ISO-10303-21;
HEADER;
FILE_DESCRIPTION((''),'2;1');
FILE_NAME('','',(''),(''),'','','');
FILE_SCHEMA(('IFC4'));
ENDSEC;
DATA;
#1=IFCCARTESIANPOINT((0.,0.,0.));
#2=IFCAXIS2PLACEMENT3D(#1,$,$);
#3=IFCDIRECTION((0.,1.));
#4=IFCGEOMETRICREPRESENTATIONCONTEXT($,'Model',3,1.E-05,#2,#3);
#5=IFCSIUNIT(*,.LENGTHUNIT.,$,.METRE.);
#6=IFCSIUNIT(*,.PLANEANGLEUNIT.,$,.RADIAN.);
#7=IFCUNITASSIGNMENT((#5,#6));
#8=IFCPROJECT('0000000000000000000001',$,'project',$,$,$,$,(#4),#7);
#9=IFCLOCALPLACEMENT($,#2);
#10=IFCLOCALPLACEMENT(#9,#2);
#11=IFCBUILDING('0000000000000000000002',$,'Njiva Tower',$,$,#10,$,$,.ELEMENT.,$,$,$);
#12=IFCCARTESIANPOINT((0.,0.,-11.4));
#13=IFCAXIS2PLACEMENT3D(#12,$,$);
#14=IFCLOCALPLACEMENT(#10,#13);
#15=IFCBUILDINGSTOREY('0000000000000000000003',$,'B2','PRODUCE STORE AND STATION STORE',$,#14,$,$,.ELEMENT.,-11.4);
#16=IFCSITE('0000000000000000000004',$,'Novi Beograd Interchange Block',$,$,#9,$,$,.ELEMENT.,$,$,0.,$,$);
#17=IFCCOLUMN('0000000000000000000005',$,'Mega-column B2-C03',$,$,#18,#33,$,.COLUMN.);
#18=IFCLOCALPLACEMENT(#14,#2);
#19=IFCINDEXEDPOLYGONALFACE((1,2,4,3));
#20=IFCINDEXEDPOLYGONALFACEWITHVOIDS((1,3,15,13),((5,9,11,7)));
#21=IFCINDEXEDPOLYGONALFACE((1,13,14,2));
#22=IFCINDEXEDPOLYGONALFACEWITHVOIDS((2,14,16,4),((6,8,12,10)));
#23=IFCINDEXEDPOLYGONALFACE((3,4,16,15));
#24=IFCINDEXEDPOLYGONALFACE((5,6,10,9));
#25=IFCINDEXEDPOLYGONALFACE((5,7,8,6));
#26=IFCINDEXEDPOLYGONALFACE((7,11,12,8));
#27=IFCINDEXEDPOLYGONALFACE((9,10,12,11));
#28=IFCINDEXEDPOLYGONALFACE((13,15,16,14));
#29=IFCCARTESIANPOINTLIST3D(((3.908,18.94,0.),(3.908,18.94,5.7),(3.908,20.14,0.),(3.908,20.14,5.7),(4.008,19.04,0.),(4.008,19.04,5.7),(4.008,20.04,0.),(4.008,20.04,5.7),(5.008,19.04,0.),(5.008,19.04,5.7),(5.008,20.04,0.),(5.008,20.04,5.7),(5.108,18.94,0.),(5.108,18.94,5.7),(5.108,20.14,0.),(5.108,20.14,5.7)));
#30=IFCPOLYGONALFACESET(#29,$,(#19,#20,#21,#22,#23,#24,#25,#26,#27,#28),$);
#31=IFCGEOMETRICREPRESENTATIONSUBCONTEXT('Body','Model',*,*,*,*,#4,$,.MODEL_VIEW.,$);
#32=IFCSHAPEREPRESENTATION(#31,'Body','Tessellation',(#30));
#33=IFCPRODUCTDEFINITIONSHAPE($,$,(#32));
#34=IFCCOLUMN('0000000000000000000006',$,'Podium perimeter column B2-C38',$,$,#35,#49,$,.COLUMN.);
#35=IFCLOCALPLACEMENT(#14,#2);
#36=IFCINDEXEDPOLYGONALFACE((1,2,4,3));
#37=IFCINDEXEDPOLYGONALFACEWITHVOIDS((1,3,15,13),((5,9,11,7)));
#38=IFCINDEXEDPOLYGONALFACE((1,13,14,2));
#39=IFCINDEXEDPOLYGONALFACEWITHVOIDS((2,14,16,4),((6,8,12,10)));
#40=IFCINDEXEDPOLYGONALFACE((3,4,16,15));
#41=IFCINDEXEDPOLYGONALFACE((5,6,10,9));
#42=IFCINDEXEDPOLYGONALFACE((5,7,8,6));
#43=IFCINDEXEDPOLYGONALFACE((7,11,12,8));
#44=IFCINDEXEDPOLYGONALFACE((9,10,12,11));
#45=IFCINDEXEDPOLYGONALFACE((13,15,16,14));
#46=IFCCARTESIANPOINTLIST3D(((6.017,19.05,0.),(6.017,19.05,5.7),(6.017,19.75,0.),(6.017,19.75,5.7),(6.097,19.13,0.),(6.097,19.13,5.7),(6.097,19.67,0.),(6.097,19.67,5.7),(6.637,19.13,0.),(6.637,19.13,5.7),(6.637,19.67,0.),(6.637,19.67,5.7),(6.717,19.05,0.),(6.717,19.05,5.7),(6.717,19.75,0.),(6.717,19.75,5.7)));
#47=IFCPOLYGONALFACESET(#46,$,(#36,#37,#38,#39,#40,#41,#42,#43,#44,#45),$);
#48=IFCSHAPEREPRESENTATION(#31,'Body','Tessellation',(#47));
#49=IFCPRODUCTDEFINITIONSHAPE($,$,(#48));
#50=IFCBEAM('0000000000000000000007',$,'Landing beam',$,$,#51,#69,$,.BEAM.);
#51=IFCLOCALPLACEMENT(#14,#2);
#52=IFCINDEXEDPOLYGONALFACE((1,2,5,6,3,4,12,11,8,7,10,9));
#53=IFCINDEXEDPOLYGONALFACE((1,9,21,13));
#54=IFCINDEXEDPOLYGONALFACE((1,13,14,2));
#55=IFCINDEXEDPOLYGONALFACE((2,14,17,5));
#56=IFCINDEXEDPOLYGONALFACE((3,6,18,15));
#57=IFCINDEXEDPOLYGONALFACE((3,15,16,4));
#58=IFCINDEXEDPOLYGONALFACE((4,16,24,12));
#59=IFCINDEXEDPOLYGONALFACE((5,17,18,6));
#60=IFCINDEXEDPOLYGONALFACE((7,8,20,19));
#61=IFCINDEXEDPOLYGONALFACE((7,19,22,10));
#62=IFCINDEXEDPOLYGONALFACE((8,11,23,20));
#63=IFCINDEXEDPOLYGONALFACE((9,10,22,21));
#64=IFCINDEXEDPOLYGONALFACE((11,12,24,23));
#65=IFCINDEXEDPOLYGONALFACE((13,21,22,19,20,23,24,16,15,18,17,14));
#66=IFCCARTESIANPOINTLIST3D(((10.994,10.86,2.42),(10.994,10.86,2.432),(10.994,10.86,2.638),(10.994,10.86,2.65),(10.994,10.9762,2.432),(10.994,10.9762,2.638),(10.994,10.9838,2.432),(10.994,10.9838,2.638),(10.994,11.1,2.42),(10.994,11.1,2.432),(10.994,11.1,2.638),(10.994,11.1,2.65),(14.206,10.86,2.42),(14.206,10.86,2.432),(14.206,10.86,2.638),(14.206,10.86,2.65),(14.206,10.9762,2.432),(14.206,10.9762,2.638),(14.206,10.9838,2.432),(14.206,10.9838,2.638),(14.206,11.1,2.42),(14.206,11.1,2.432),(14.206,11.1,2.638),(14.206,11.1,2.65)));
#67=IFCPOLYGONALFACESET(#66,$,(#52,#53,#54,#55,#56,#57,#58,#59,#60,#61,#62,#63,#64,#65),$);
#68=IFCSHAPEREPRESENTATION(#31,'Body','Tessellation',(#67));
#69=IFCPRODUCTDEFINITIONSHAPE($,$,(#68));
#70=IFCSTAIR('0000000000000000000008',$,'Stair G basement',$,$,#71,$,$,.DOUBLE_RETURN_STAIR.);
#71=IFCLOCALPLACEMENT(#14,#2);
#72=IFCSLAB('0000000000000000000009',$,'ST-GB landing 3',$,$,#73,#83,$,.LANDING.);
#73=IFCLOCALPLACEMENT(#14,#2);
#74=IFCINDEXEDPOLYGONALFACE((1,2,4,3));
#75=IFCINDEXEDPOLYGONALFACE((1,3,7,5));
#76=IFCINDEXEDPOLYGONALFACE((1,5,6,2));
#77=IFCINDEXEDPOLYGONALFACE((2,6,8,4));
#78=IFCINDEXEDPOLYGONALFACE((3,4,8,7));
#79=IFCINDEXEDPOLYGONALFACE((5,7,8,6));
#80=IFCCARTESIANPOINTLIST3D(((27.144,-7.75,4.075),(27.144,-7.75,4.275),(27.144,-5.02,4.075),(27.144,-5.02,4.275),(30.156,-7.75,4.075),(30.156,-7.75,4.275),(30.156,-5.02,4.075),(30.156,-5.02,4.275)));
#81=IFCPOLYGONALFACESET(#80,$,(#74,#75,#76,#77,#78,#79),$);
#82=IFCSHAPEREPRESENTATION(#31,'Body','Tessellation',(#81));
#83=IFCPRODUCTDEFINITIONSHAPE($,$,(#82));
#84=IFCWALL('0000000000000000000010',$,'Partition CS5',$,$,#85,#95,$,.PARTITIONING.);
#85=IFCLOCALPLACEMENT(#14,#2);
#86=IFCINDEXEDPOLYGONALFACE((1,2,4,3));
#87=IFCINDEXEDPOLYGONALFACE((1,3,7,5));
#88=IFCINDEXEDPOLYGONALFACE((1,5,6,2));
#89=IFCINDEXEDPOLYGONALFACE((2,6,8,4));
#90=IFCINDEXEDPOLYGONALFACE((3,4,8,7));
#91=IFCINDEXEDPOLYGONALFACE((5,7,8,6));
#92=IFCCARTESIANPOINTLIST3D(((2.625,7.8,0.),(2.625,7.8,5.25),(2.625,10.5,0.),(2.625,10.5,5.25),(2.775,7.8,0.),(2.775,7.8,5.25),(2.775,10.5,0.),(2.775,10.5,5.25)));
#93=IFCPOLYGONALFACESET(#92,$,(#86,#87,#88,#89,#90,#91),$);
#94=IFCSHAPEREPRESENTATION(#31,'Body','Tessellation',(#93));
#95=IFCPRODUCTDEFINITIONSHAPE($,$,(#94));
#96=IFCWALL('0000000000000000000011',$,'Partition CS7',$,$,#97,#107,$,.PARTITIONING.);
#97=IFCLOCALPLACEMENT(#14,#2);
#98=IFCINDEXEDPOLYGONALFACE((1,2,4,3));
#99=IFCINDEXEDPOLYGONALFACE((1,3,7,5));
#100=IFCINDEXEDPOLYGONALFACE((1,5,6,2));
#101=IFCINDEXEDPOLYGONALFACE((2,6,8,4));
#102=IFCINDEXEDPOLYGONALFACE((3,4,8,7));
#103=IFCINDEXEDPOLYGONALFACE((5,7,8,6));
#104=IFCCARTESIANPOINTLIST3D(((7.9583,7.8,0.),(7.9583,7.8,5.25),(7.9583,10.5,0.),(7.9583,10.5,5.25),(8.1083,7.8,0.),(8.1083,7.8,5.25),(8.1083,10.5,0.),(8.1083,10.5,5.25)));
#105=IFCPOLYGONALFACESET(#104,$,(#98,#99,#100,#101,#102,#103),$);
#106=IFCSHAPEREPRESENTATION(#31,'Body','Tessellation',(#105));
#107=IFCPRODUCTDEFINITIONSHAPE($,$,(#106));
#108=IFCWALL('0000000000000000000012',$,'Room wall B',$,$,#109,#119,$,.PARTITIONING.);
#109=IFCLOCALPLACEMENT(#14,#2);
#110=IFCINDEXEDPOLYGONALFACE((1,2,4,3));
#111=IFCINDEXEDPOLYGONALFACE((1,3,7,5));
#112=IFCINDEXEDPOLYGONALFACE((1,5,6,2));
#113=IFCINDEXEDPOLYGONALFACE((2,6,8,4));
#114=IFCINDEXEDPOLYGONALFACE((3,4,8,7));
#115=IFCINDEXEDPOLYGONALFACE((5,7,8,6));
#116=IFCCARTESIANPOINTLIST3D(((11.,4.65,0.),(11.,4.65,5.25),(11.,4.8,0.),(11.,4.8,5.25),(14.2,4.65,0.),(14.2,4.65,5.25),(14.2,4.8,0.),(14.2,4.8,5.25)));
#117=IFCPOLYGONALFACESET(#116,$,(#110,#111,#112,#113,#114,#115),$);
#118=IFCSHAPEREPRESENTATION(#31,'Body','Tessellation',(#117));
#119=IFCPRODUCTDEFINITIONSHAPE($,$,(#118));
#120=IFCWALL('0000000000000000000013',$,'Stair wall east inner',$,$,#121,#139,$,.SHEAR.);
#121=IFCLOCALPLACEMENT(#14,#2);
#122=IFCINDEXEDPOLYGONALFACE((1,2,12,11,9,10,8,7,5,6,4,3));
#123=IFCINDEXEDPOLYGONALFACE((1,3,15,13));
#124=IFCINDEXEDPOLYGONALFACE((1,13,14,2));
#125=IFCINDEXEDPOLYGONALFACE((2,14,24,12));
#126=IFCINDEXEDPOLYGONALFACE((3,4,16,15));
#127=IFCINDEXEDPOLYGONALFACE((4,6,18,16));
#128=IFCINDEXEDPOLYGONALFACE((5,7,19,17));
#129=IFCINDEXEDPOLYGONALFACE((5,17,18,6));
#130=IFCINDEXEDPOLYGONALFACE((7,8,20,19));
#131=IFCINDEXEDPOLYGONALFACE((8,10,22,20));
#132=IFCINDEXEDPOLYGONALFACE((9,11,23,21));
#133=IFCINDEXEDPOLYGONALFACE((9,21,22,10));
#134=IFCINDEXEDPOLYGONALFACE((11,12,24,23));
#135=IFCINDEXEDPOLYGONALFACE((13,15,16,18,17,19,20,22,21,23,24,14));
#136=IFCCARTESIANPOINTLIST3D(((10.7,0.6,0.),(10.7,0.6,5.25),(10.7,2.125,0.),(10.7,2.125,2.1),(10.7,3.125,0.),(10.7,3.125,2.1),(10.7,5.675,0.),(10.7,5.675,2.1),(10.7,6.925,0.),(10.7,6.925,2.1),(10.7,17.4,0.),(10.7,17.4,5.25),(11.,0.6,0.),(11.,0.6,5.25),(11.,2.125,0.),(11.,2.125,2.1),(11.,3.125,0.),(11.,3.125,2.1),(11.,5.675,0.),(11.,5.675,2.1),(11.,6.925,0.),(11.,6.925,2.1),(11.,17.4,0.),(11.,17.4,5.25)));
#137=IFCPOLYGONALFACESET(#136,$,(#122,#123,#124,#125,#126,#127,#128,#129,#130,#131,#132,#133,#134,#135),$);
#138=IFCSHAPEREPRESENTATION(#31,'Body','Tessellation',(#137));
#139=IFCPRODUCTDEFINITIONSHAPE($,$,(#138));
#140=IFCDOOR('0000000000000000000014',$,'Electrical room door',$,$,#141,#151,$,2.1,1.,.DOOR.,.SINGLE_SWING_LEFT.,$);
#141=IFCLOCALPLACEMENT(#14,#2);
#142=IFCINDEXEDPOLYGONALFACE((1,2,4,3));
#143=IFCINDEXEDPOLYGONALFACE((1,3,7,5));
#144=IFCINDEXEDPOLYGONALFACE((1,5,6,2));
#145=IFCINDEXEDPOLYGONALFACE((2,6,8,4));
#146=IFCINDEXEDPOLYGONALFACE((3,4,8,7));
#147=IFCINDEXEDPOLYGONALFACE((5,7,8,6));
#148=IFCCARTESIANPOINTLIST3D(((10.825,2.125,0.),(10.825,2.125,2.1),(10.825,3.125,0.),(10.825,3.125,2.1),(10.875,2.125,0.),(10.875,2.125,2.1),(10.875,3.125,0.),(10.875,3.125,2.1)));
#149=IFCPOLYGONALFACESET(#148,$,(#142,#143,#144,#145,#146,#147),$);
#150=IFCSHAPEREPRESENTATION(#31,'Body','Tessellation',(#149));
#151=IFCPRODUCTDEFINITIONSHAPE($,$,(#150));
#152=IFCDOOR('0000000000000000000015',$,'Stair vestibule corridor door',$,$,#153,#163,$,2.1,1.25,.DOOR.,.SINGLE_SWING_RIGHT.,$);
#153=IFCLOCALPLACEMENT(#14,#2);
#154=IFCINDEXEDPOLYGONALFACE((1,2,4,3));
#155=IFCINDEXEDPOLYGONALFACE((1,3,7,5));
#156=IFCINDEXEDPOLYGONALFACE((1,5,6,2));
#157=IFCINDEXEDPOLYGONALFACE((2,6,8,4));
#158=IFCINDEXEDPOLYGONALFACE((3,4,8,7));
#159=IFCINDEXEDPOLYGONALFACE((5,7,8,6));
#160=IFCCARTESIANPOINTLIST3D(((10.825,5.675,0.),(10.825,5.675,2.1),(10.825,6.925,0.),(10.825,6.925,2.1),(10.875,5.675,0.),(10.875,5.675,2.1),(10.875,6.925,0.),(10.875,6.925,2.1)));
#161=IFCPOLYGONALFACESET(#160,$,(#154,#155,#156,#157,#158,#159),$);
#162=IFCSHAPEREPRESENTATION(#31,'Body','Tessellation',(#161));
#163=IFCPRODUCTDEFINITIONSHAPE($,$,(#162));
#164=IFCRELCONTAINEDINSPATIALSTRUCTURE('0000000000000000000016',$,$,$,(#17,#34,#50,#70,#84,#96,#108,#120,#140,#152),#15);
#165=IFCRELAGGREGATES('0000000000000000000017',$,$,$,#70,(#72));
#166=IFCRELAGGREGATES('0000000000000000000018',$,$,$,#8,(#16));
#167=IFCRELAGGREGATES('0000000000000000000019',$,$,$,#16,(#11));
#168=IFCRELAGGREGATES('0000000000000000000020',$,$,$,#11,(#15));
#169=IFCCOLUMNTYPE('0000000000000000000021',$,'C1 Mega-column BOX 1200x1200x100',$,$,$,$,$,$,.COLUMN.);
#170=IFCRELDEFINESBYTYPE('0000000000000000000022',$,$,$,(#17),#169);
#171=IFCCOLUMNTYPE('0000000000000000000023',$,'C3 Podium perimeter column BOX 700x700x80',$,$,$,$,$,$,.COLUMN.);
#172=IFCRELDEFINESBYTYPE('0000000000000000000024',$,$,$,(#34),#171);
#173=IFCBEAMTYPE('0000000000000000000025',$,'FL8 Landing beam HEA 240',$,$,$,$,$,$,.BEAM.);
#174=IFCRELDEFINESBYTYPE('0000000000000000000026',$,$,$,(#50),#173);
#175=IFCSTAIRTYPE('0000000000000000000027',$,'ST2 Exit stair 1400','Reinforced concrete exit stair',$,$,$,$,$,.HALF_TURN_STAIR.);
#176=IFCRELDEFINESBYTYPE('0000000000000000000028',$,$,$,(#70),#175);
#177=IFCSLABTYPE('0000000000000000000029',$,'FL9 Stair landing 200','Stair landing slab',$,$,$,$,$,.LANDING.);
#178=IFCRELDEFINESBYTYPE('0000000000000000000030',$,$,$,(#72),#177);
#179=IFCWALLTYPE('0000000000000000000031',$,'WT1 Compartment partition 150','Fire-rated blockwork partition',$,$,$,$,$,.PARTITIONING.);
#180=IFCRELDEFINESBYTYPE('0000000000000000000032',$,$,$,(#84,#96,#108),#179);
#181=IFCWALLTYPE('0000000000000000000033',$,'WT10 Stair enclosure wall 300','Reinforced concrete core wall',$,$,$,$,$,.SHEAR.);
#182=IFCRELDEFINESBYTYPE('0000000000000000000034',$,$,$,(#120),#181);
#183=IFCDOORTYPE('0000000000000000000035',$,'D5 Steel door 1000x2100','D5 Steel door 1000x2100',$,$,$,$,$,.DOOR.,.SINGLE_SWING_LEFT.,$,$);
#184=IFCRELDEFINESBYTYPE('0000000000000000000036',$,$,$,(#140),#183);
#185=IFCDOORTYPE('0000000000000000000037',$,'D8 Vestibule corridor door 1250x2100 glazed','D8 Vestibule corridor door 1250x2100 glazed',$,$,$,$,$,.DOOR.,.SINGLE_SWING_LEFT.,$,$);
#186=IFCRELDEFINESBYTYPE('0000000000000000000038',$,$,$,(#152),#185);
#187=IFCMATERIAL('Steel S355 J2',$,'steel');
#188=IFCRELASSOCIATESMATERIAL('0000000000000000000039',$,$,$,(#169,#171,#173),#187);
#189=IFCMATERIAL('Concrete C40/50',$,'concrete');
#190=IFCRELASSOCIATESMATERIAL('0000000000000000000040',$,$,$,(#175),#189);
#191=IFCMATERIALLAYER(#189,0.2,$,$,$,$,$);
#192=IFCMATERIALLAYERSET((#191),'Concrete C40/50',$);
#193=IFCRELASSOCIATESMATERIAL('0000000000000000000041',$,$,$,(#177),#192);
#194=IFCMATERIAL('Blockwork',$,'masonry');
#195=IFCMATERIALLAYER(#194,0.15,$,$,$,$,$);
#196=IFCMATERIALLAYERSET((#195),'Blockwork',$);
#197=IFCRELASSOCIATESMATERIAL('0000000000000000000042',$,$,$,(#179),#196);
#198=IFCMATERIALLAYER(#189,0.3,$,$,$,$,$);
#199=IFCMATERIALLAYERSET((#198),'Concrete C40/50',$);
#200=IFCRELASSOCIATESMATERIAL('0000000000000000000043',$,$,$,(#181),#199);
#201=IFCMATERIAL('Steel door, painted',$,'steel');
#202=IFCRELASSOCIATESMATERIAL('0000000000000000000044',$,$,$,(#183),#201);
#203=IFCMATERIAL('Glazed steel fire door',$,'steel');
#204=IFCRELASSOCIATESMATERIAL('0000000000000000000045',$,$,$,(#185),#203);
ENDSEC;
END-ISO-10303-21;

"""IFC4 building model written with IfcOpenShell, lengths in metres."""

from ifc_helpers import new_model, si_unit, direction, frame, frame_2d, origin, origin_2d, place, context, subcontext, project, spatial, polyline, rectangle, hollow_rectangle, i_section, outline, extrude, material, layer, layer_set, material_profile, profile_set, type_object, element, fill, aggregate, save


model = new_model("IFC4")

# Units and contexts
model_context = context("Model", 3, precision=1e-05, world=origin(), true_north=direction((0.0, 1.0)))
body_context = subcontext(model_context, "Body", "Model", "MODEL_VIEW")
ifc_project = project(units=[si_unit("LENGTHUNIT", "METRE"), si_unit("PLANEANGLEUNIT", "RADIAN")], contexts=[model_context])

# Site, building, storey
site_placement = place(None, origin())
site = spatial("IfcSite", under=ifc_project, at=site_placement, Name="Novi Beograd Interchange Block", CompositionType="ELEMENT", RefElevation=0.0)
building_placement = place(site_placement, origin())
building = spatial("IfcBuilding", under=site, at=building_placement, Name="Njiva Tower", CompositionType="ELEMENT")
storey_placement = place(building_placement, frame((0.0, 0.0, -11.4)))
storey = spatial("IfcBuildingStorey", under=building, at=storey_placement, Name="B2", Description="PRODUCE STORE AND STATION STORE", CompositionType="ELEMENT", Elevation=-11.4)

# Columns
ifc_material_1 = material(Name="Steel S355 J2", Category="steel")
ifc_material_profile_1 = material_profile(ifc_material_1, hollow_rectangle(XDim=1.2, YDim=1.2, WallThickness=0.1, at=origin_2d()), Name="BOX 1200x1200x100")
ifc_profile_set_1 = profile_set([ifc_material_profile_1], Name="Steel S355 J2")
column_type_1 = type_object("IfcColumnType", Name="C1 Mega-column BOX 1200x1200x100", PredefinedType="COLUMN", material=ifc_profile_set_1)
column_1_placement = place(storey_placement, frame((4.508, 19.54, 0.0), z_axis=(0.0, 0.0, 1.0), x_axis=(-1.0, 0.0, 0.0)))
element("IfcColumn", 1, at=column_1_placement, inside=storey, type_object=column_type_1, Name="Mega-column B2-C03", PredefinedType="COLUMN", context=body_context, shape_type="SweptSolid", body=[
    extrude(hollow_rectangle(XDim=1.2, YDim=1.2, WallThickness=0.1, at=origin_2d()), origin(), (0.0, 0.0, 1.0), 5.7),
])
ifc_material_profile_2 = material_profile(ifc_material_1, hollow_rectangle(XDim=0.7, YDim=0.7, WallThickness=0.08, at=origin_2d()), Name="BOX 700x700x80")
ifc_profile_set_2 = profile_set([ifc_material_profile_2], Name="Steel S355 J2")
column_type_2 = type_object("IfcColumnType", Name="C3 Podium perimeter column BOX 700x700x80", PredefinedType="COLUMN", material=ifc_profile_set_2)
column_2_placement = place(storey_placement, frame((6.367, 19.4, 0.0), z_axis=(0.0, 0.0, 1.0), x_axis=(-1.0, 0.0, 0.0)))
element("IfcColumn", 2, at=column_2_placement, inside=storey, type_object=column_type_2, Name="Podium perimeter column B2-C38", PredefinedType="COLUMN", context=body_context, shape_type="SweptSolid", body=[
    extrude(hollow_rectangle(XDim=0.7, YDim=0.7, WallThickness=0.08, at=origin_2d()), origin(), (0.0, 0.0, 1.0), 5.7),
])

# Beam
ifc_material_profile_3 = material_profile(ifc_material_1, i_section(OverallWidth=0.24, OverallDepth=0.23, WebThickness=0.0075, FlangeThickness=0.012, at=origin_2d()), Name="HEA240")
ifc_profile_set_3 = profile_set([ifc_material_profile_3], Name="Steel S355 J2")
beam_type = type_object("IfcBeamType", Name="FL8 Landing beam HEA 240", PredefinedType="BEAM", material=ifc_profile_set_3)
beam_placement = place(storey_placement, frame((10.994, 10.98, 2.535), z_axis=(1.0, 0.0, 0.0), x_axis=(0.0, 1.0, 0.0)))
element("IfcBeam", 3, at=beam_placement, inside=storey, type_object=beam_type, Name="Landing beam", PredefinedType="BEAM", context=body_context, shape_type="SweptSolid", body=[
    extrude(i_section(OverallWidth=0.24, OverallDepth=0.23, WebThickness=0.0075, FlangeThickness=0.012, at=origin_2d()), origin(), (0.0, 0.0, 1.0), 3.212),
])

# Stair, slab
ifc_material_2 = material(Name="Concrete C40/50", Category="concrete")
stair_type = type_object("IfcStairType", Name="ST2 Exit stair 1400", Description="Reinforced concrete exit stair", PredefinedType="HALF_TURN_STAIR", material=ifc_material_2)
stair_placement = place(storey_placement, origin())
stair = element("IfcStair", 4, at=stair_placement, inside=storey, type_object=stair_type, Name="Stair G basement", PredefinedType="DOUBLE_RETURN_STAIR")
ifc_layer_1 = layer(ifc_material_2, 0.2)
ifc_layer_set_1 = layer_set([ifc_layer_1], Name="Concrete C40/50")
slab_type = type_object("IfcSlabType", Name="FL9 Stair landing 200", Description="Stair landing slab", PredefinedType="LANDING", material=ifc_layer_set_1)
slab_placement = place(storey_placement, frame((0.0, 0.0, 4.075)))
slab = element("IfcSlab", 5, at=slab_placement, type_object=slab_type, Name="ST-GB landing 3", PredefinedType="LANDING", context=body_context, shape_type="SweptSolid", body=[
    extrude(outline(polyline([(27.144, -7.75), (30.156, -7.75), (30.156, -5.02), (27.144, -5.02), (27.144, -7.75)])), origin(), (0.0, 0.0, 1.0), 0.2),
])
aggregate(stair, [slab])

# Walls
ifc_material_3 = material(Name="Blockwork", Category="masonry")
ifc_layer_2 = layer(ifc_material_3, 0.15)
ifc_layer_set_2 = layer_set([ifc_layer_2], Name="Blockwork")
wall_type_1 = type_object("IfcWallType", Name="WT1 Compartment partition 150", Description="Fire-rated blockwork partition", PredefinedType="PARTITIONING", material=ifc_layer_set_2)
for number, where, z_axis, x_axis, name in (
    (6, (2.7, 7.8, 0.0), (0.0, 0.0, 1.0), (0.0, 1.0, 0.0), "Partition CS5"),
    (7, (8.0333, 7.8, 0.0), (0.0, 0.0, 1.0), (0.0, 1.0, 0.0), "Partition CS7"),
):
    element("IfcWall", number, at=place(storey_placement, frame(where, z_axis=z_axis, x_axis=x_axis)), inside=storey, type_object=wall_type_1, Name=name, PredefinedType="PARTITIONING", context=body_context, shape_type="SweptSolid", body=[
        extrude(rectangle(XDim=2.7, YDim=0.15, at=frame_2d((1.35, 0.0))), origin(), (0.0, 0.0, 1.0), 5.25),
    ])
wall_1_placement = place(storey_placement, frame((11.0, 4.725, 0.0), z_axis=(0.0, 0.0, 1.0), x_axis=(1.0, 0.0, 0.0)))
element("IfcWall", 8, at=wall_1_placement, inside=storey, type_object=wall_type_1, Name="Room wall B", PredefinedType="PARTITIONING", context=body_context, shape_type="SweptSolid", body=[
    extrude(rectangle(XDim=3.2, YDim=0.15, at=frame_2d((1.6, 0.0))), origin(), (0.0, 0.0, 1.0), 5.25),
])

# Wall, openings, doors
ifc_layer_3 = layer(ifc_material_2, 0.3)
ifc_layer_set_3 = layer_set([ifc_layer_3], Name="Concrete C40/50")
wall_type_2 = type_object("IfcWallType", Name="WT10 Stair enclosure wall 300", Description="Reinforced concrete core wall", PredefinedType="SHEAR", material=ifc_layer_set_3)
wall_2_placement = place(storey_placement, frame((10.85, 0.6, 0.0), z_axis=(0.0, 0.0, 1.0), x_axis=(0.0, 1.0, 0.0)))
wall_2 = element("IfcWall", 9, at=wall_2_placement, inside=storey, type_object=wall_type_2, Name="Stair wall east inner", PredefinedType="SHEAR", context=body_context, shape_type="SweptSolid", body=[
    extrude(rectangle(XDim=16.8, YDim=0.3, at=frame_2d((8.4, 0.0))), origin(), (0.0, 0.0, 1.0), 5.25),
])
opening_1_placement = place(wall_2_placement, frame((5.075, 0.0, 0.0)))
opening_1 = element("IfcOpeningElement", 10, at=opening_1_placement, cuts=wall_2, PredefinedType="OPENING", context=body_context, shape_type="SweptSolid", body=[
    extrude(rectangle(XDim=1.25, YDim=2.1, at=frame_2d((0.625, 1.05))), frame((0.0, 0.16, 0.0), z_axis=(0.0, -1.0, 0.0), x_axis=(1.0, 0.0, 0.0)), (0.0, 0.0, 1.0), 0.32),
])
opening_2_placement = place(wall_2_placement, frame((1.525, 0.0, 0.0)))
opening_2 = element("IfcOpeningElement", 11, at=opening_2_placement, cuts=wall_2, PredefinedType="OPENING", context=body_context, shape_type="SweptSolid", body=[
    extrude(rectangle(XDim=1.0, YDim=2.1, at=frame_2d((0.5, 1.05))), frame((0.0, 0.16, 0.0), z_axis=(0.0, -1.0, 0.0), x_axis=(1.0, 0.0, 0.0)), (0.0, 0.0, 1.0), 0.32),
])
ifc_material_4 = material(Name="Steel door, painted", Category="steel")
door_type_1 = type_object("IfcDoorType", Name="D5 Steel door 1000x2100", Description="D5 Steel door 1000x2100", OperationType="SINGLE_SWING_LEFT", PredefinedType="DOOR", material=ifc_material_4)
door_1_placement = place(opening_2_placement, origin())
door_1 = element("IfcDoor", 12, at=door_1_placement, inside=storey, type_object=door_type_1, Name="Electrical room door", OperationType="SINGLE_SWING_LEFT", OverallHeight=2.1, OverallWidth=1.0, PredefinedType="DOOR", context=body_context, shape_type="SweptSolid", body=[
    extrude(rectangle(XDim=1.0, YDim=2.1, at=frame_2d((0.5, 1.05))), frame((0.0, 0.025, 0.0), z_axis=(0.0, -1.0, 0.0), x_axis=(1.0, 0.0, 0.0)), (0.0, 0.0, 1.0), 0.05),
])
fill(opening_2, door_1)
ifc_material_5 = material(Name="Glazed steel fire door", Category="steel")
door_type_2 = type_object("IfcDoorType", Name="D8 Vestibule corridor door 1250x2100 glazed", Description="D8 Vestibule corridor door 1250x2100 glazed", OperationType="SINGLE_SWING_LEFT", PredefinedType="DOOR", material=ifc_material_5)
door_2_placement = place(opening_1_placement, origin())
door_2 = element("IfcDoor", 13, at=door_2_placement, inside=storey, type_object=door_type_2, Name="Stair vestibule corridor door", OperationType="SINGLE_SWING_RIGHT", OverallHeight=2.1, OverallWidth=1.25, PredefinedType="DOOR", context=body_context, shape_type="SweptSolid", body=[
    extrude(rectangle(XDim=1.25, YDim=2.1, at=frame_2d((0.625, 1.05))), frame((0.0, 0.025, 0.0), z_axis=(0.0, -1.0, 0.0), x_axis=(1.0, 0.0, 0.0)), (0.0, 0.0, 1.0), 0.05),
])
fill(opening_1, door_2)

save(model, "model.ifc")
